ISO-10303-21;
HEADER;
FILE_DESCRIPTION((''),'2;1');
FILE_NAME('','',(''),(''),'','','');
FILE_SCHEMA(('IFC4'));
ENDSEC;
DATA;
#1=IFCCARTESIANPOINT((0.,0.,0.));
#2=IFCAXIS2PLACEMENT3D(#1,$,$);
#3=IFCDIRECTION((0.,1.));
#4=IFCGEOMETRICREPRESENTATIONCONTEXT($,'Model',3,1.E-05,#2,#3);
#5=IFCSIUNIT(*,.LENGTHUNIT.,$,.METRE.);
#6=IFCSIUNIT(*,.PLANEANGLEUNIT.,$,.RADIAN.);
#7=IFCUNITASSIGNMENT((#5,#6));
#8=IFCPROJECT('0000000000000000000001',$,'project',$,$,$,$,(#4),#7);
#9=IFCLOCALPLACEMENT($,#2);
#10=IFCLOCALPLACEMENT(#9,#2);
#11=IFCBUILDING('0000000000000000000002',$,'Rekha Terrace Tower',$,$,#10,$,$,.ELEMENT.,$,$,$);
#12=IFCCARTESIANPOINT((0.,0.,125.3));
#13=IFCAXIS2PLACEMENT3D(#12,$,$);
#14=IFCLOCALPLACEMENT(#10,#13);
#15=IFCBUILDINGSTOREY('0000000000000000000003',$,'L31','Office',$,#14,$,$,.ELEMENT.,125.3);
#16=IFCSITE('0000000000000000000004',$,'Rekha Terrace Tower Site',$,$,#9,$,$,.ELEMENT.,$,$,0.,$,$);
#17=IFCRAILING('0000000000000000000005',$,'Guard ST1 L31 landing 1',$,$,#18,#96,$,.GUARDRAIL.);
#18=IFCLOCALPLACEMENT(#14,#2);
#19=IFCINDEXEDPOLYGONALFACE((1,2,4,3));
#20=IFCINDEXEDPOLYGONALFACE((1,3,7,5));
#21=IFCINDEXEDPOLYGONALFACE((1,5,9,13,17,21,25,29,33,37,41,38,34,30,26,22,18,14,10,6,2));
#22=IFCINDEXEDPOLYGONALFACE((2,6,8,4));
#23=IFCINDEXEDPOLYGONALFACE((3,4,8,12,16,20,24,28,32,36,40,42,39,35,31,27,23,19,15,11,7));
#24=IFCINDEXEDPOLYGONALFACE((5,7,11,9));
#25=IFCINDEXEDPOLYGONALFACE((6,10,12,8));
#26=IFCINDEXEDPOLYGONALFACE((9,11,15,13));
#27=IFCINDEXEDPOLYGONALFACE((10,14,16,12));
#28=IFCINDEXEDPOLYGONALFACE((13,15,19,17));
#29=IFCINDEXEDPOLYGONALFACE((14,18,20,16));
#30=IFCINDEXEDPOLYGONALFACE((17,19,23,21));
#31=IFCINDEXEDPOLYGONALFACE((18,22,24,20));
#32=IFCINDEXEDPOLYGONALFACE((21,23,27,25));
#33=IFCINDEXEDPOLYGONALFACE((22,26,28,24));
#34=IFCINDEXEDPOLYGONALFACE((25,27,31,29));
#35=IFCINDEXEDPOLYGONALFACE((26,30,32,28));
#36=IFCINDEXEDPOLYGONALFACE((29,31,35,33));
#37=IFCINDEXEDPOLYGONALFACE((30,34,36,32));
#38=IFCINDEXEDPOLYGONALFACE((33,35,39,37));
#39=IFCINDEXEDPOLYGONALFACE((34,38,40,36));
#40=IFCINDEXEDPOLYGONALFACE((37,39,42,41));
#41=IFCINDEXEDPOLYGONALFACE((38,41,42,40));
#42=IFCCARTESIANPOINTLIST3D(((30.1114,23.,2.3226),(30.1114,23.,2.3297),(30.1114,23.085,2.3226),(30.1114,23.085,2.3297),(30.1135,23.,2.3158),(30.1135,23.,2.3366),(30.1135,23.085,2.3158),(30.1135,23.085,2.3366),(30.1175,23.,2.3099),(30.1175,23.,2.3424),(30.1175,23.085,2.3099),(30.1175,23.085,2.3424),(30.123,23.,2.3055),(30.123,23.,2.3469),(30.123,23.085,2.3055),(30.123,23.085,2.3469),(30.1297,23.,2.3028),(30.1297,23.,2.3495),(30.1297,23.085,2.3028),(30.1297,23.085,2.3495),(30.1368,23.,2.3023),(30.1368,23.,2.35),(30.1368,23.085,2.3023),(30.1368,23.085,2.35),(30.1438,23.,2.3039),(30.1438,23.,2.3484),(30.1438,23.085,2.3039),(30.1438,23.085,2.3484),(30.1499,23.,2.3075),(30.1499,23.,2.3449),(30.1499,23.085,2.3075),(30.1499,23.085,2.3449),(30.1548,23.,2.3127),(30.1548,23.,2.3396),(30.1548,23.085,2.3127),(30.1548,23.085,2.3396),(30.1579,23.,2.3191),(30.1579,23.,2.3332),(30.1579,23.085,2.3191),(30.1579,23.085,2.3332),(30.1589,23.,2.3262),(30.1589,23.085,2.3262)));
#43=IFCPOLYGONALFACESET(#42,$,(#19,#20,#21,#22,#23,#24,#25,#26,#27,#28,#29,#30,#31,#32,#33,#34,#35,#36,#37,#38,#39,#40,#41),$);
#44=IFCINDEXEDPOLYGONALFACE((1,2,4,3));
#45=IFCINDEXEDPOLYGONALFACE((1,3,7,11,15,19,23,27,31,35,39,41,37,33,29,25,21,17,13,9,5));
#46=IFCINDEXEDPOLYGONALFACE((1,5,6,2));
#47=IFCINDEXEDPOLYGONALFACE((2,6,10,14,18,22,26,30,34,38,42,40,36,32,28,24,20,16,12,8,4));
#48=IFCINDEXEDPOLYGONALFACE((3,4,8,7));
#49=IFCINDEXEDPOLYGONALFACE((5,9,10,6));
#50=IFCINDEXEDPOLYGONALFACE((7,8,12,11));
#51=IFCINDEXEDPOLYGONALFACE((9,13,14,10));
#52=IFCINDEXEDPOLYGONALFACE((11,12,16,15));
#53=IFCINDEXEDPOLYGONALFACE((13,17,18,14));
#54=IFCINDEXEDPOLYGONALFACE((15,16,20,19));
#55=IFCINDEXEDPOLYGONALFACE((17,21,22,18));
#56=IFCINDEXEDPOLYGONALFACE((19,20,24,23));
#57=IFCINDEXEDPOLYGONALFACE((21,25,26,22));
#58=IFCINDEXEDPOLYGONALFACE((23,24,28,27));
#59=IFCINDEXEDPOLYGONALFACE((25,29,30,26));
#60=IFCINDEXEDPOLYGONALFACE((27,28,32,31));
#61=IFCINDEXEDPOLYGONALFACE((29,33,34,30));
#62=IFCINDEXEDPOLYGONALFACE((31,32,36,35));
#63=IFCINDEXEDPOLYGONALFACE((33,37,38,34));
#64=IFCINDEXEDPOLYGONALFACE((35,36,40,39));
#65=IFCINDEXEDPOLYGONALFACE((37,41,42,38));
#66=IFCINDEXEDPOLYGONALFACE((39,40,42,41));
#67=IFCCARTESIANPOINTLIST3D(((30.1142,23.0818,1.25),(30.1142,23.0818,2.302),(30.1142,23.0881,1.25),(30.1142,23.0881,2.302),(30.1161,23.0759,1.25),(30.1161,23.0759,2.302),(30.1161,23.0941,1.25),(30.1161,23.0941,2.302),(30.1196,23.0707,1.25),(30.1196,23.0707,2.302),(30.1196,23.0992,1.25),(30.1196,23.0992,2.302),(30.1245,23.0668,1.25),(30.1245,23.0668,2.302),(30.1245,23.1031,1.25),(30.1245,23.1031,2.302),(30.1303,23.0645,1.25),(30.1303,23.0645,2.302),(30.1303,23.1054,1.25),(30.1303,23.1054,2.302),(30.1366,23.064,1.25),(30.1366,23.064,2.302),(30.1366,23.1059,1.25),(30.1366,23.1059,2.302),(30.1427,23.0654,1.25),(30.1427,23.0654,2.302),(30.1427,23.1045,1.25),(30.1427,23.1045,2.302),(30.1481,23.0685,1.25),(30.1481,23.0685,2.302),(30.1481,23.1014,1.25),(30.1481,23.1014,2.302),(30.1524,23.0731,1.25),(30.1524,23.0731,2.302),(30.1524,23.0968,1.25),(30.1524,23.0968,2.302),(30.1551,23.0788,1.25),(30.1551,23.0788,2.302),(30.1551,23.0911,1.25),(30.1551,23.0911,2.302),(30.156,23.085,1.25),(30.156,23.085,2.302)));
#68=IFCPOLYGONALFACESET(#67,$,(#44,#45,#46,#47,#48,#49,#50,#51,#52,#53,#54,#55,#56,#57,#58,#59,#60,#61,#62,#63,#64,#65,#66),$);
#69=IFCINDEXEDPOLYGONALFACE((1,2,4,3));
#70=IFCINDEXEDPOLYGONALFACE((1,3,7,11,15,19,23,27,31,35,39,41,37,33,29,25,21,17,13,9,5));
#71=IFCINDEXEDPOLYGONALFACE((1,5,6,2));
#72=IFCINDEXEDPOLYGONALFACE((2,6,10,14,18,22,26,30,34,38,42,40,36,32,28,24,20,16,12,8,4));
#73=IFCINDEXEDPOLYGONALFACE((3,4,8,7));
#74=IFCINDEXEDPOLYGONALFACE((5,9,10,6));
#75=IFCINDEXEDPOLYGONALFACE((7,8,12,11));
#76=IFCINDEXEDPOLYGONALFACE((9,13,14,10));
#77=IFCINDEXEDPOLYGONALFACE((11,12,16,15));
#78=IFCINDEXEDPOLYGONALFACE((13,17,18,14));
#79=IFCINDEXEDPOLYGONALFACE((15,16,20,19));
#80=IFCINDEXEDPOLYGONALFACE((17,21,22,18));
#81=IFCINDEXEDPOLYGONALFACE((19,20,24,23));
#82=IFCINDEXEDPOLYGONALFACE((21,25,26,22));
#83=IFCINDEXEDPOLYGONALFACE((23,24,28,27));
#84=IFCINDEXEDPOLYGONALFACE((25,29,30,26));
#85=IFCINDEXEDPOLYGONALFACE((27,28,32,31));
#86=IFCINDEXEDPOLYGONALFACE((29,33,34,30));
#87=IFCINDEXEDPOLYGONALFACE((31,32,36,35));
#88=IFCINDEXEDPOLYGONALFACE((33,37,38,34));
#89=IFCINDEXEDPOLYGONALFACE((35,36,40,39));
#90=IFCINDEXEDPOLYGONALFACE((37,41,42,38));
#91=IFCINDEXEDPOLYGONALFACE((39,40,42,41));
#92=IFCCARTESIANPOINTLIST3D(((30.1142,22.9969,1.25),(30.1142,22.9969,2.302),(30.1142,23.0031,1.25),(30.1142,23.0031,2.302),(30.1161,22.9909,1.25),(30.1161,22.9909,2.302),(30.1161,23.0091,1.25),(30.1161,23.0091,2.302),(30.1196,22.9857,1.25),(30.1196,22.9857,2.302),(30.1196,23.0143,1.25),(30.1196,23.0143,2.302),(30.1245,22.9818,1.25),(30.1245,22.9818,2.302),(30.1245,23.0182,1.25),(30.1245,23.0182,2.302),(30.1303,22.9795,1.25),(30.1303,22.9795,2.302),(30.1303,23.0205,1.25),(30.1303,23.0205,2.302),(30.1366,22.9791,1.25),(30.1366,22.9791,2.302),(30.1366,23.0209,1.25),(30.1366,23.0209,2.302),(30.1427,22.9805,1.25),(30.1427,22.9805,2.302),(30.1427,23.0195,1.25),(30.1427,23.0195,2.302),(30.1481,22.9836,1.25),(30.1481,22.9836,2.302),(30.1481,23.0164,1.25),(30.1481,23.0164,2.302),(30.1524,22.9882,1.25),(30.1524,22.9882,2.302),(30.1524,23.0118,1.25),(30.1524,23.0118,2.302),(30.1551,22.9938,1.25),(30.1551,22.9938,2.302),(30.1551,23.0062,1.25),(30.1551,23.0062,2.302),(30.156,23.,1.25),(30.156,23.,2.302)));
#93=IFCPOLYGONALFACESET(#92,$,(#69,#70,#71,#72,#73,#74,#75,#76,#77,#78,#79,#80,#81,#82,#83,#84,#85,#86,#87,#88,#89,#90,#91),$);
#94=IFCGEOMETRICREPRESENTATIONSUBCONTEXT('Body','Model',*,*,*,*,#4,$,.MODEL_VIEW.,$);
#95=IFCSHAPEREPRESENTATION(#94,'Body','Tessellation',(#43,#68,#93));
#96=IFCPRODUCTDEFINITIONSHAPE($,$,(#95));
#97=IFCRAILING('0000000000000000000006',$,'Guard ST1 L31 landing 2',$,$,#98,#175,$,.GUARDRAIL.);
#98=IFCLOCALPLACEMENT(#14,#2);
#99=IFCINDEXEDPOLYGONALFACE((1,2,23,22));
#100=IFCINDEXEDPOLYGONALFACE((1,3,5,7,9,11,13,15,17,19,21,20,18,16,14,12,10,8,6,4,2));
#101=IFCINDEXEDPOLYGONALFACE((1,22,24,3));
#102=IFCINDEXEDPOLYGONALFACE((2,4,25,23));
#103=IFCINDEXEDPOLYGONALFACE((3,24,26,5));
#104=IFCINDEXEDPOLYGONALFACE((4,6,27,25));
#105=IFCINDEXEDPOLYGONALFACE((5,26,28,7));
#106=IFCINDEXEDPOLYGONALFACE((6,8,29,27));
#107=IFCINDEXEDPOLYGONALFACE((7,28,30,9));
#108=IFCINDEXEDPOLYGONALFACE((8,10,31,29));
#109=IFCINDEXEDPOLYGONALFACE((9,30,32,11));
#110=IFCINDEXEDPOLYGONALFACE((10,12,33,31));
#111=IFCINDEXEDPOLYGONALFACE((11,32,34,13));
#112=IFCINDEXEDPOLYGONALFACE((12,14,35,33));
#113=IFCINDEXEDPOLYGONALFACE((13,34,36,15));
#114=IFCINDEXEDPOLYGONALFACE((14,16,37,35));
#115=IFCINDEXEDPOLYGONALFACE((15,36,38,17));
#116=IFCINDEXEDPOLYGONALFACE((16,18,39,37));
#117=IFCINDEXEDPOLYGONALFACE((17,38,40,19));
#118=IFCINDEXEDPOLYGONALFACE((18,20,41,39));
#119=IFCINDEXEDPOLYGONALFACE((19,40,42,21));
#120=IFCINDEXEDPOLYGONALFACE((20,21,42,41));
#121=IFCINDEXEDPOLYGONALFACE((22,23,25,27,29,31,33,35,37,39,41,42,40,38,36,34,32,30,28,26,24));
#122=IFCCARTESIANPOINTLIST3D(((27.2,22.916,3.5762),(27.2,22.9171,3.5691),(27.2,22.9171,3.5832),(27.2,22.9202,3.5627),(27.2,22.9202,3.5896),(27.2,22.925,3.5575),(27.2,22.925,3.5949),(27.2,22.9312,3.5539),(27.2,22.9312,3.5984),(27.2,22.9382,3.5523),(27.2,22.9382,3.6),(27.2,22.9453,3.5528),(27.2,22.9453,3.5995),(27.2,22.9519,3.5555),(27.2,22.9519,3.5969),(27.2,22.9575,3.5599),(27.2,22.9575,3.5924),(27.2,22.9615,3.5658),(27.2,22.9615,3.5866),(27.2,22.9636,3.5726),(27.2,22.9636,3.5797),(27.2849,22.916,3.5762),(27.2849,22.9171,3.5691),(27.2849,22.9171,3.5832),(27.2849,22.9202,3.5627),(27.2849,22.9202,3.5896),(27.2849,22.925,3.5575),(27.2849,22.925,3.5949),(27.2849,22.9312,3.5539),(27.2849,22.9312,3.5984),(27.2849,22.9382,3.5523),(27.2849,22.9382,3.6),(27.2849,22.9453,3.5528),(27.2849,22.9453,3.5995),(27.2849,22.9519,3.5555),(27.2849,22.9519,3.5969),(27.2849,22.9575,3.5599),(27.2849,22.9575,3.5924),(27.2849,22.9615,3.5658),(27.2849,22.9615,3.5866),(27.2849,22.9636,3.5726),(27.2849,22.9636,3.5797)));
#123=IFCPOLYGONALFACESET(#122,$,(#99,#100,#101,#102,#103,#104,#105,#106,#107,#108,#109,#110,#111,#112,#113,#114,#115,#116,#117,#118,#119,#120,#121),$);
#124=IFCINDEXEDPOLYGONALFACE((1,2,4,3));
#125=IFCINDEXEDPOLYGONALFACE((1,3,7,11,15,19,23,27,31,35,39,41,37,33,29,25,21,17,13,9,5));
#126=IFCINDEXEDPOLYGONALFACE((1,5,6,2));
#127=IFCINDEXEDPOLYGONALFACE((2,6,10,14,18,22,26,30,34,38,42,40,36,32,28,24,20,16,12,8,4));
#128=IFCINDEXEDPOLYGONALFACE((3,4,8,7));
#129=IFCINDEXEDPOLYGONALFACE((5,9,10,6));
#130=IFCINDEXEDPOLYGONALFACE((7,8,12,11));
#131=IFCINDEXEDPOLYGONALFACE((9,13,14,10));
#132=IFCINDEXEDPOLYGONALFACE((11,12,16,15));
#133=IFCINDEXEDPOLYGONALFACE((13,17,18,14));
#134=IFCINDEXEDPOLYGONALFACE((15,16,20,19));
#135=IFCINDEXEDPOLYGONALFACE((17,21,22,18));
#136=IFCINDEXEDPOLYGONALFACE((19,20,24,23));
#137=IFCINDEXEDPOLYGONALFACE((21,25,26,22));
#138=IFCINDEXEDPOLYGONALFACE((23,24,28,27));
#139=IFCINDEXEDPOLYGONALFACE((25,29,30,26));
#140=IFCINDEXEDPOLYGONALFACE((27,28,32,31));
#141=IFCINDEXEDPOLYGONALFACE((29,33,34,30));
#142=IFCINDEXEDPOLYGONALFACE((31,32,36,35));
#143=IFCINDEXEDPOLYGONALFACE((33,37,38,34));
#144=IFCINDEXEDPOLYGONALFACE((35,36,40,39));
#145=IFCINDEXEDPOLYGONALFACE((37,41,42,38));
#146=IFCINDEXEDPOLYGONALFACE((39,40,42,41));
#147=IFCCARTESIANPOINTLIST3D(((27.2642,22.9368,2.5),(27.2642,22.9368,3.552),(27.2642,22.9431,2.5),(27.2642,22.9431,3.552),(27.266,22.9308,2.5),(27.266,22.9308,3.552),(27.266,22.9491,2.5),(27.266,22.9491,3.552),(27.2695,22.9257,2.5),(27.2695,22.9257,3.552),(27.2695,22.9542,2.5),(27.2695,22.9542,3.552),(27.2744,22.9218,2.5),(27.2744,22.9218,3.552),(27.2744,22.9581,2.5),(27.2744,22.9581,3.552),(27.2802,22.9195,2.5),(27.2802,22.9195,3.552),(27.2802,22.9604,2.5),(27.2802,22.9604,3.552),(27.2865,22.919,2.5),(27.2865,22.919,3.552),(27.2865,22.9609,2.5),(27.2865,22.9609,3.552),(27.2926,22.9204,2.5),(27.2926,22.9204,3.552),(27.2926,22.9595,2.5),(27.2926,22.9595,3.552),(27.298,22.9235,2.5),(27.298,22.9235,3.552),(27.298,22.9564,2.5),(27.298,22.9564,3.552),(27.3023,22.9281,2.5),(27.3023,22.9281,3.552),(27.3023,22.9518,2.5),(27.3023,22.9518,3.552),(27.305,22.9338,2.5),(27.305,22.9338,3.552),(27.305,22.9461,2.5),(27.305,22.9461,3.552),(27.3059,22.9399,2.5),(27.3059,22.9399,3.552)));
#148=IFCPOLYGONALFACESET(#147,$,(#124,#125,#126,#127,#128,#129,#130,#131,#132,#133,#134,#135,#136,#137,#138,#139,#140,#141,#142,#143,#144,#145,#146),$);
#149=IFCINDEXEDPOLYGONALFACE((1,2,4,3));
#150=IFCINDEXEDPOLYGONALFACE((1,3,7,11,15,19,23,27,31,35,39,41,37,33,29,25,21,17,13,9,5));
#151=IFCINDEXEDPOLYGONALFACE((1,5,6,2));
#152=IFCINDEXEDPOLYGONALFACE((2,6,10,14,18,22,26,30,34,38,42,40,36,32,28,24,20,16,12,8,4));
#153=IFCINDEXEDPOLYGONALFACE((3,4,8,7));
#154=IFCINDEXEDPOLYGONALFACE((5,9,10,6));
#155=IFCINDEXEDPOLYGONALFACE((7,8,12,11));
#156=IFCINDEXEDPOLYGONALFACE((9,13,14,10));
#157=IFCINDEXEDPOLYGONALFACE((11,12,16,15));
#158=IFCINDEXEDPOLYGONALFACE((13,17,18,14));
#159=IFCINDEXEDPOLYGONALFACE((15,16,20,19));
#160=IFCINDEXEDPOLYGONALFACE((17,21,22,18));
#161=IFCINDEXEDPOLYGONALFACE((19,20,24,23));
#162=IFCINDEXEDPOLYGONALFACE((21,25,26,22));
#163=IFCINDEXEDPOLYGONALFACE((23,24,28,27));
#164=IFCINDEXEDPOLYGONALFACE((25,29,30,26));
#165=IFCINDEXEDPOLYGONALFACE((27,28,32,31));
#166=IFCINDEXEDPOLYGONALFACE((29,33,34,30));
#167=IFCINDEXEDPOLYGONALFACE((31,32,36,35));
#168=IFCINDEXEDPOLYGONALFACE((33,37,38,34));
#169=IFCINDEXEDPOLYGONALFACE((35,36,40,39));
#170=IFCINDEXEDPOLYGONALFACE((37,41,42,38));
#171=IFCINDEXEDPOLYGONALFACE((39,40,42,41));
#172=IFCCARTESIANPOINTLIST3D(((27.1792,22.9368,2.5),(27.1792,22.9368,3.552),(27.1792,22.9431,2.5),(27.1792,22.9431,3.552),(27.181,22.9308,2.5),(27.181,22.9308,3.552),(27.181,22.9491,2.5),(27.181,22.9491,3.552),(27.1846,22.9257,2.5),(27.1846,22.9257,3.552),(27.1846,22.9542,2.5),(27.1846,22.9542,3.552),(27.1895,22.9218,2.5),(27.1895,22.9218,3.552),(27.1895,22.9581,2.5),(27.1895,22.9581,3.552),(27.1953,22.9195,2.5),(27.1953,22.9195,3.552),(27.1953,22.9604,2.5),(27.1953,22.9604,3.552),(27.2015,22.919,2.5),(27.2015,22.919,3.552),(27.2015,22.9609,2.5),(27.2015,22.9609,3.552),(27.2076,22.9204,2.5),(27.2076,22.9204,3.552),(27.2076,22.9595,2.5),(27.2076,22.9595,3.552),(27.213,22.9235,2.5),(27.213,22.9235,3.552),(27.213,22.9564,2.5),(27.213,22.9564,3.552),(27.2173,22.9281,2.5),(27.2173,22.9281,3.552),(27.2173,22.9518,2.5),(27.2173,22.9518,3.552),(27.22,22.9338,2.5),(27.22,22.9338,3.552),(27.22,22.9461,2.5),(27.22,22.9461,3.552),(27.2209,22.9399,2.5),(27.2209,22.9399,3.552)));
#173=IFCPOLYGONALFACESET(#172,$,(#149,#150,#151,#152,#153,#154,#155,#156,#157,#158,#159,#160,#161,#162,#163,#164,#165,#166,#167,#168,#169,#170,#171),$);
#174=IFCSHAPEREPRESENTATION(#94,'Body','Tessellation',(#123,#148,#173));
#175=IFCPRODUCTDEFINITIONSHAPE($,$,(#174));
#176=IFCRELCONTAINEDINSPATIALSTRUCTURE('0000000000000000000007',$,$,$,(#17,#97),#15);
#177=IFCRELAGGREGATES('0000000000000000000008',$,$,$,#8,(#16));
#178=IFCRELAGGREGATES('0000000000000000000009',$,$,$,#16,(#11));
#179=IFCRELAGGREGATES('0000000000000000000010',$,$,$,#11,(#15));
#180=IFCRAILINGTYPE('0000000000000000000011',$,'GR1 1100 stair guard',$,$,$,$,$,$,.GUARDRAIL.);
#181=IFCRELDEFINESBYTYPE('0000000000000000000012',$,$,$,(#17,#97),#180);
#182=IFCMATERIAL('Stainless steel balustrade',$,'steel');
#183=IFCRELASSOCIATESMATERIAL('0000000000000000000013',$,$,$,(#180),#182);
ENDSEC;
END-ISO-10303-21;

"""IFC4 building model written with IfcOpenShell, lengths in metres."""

from ifc_helpers import new_model, si_unit, direction, frame, origin, origin_2d, place, context, subcontext, project, spatial, circle, extrude, material, type_object, element, save


model = new_model("IFC4")

# Units and contexts
model_context = context("Model", 3, precision=1e-05, world=origin(), true_north=direction((0.0, 1.0)))
body_context = subcontext(model_context, "Body", "Model", "MODEL_VIEW")
ifc_project = project(units=[si_unit("LENGTHUNIT", "METRE"), si_unit("PLANEANGLEUNIT", "RADIAN")], contexts=[model_context])

# Site, building, storey
site_placement = place(None, origin())
site = spatial("IfcSite", under=ifc_project, at=site_placement, Name="Rekha Terrace Tower Site", CompositionType="ELEMENT", RefElevation=0.0)
building_placement = place(site_placement, origin())
building = spatial("IfcBuilding", under=site, at=building_placement, Name="Rekha Terrace Tower", CompositionType="ELEMENT")
storey_placement = place(building_placement, frame((0.0, 0.0, 125.3)))
storey = spatial("IfcBuildingStorey", under=building, at=storey_placement, Name="L31", Description="Office", CompositionType="ELEMENT", Elevation=125.3)

# Railings
ifc_material_1 = material(Name="Stainless steel balustrade", Category="steel")
railing_type_1 = type_object("IfcRailingType", Name="GR1 1100 stair guard", PredefinedType="GUARDRAIL", material=ifc_material_1)
railing_1_placement = place(storey_placement, frame((30.135, 23.085, 1.25)))
element("IfcRailing", 1, at=railing_1_placement, inside=storey, type_object=railing_type_1, Name="Guard ST1 L31 landing 1", PredefinedType="GUARDRAIL", context=body_context, shape_type="SweptSolid", body=[
    extrude(circle(Radius=0.0239, at=origin_2d()), frame((0.0, 0.0, 1.0762), z_axis=(0.0, -1.0, 0.0), x_axis=(1.0, 0.0, 0.0)), (0.0, 0.0, 1.0), 0.085),
    extrude(circle(Radius=0.021, at=origin_2d()), origin(), (0.0, 0.0, 1.0), 1.052),
    extrude(circle(Radius=0.021, at=origin_2d()), frame((0.0, -0.085, 0.0)), (0.0, 0.0, 1.0), 1.052),
])
railing_2_placement = place(storey_placement, frame((27.2849, 22.9399, 2.5)))
element("IfcRailing", 2, at=railing_2_placement, inside=storey, type_object=railing_type_1, Name="Guard ST1 L31 landing 2", PredefinedType="GUARDRAIL", context=body_context, shape_type="SweptSolid", body=[
    extrude(circle(Radius=0.0239, at=origin_2d()), frame((0.0, 0.0, 1.0762), z_axis=(-1.0, 0.0, 0.0), x_axis=(0.0, -1.0, 0.0)), (0.0, 0.0, 1.0), 0.085),
    extrude(circle(Radius=0.021, at=origin_2d()), origin(), (0.0, 0.0, 1.0), 1.052),
    extrude(circle(Radius=0.021, at=origin_2d()), frame((-0.085, 0.0, 0.0)), (0.0, 0.0, 1.0), 1.052),
])

save(model, "model.ifc")
